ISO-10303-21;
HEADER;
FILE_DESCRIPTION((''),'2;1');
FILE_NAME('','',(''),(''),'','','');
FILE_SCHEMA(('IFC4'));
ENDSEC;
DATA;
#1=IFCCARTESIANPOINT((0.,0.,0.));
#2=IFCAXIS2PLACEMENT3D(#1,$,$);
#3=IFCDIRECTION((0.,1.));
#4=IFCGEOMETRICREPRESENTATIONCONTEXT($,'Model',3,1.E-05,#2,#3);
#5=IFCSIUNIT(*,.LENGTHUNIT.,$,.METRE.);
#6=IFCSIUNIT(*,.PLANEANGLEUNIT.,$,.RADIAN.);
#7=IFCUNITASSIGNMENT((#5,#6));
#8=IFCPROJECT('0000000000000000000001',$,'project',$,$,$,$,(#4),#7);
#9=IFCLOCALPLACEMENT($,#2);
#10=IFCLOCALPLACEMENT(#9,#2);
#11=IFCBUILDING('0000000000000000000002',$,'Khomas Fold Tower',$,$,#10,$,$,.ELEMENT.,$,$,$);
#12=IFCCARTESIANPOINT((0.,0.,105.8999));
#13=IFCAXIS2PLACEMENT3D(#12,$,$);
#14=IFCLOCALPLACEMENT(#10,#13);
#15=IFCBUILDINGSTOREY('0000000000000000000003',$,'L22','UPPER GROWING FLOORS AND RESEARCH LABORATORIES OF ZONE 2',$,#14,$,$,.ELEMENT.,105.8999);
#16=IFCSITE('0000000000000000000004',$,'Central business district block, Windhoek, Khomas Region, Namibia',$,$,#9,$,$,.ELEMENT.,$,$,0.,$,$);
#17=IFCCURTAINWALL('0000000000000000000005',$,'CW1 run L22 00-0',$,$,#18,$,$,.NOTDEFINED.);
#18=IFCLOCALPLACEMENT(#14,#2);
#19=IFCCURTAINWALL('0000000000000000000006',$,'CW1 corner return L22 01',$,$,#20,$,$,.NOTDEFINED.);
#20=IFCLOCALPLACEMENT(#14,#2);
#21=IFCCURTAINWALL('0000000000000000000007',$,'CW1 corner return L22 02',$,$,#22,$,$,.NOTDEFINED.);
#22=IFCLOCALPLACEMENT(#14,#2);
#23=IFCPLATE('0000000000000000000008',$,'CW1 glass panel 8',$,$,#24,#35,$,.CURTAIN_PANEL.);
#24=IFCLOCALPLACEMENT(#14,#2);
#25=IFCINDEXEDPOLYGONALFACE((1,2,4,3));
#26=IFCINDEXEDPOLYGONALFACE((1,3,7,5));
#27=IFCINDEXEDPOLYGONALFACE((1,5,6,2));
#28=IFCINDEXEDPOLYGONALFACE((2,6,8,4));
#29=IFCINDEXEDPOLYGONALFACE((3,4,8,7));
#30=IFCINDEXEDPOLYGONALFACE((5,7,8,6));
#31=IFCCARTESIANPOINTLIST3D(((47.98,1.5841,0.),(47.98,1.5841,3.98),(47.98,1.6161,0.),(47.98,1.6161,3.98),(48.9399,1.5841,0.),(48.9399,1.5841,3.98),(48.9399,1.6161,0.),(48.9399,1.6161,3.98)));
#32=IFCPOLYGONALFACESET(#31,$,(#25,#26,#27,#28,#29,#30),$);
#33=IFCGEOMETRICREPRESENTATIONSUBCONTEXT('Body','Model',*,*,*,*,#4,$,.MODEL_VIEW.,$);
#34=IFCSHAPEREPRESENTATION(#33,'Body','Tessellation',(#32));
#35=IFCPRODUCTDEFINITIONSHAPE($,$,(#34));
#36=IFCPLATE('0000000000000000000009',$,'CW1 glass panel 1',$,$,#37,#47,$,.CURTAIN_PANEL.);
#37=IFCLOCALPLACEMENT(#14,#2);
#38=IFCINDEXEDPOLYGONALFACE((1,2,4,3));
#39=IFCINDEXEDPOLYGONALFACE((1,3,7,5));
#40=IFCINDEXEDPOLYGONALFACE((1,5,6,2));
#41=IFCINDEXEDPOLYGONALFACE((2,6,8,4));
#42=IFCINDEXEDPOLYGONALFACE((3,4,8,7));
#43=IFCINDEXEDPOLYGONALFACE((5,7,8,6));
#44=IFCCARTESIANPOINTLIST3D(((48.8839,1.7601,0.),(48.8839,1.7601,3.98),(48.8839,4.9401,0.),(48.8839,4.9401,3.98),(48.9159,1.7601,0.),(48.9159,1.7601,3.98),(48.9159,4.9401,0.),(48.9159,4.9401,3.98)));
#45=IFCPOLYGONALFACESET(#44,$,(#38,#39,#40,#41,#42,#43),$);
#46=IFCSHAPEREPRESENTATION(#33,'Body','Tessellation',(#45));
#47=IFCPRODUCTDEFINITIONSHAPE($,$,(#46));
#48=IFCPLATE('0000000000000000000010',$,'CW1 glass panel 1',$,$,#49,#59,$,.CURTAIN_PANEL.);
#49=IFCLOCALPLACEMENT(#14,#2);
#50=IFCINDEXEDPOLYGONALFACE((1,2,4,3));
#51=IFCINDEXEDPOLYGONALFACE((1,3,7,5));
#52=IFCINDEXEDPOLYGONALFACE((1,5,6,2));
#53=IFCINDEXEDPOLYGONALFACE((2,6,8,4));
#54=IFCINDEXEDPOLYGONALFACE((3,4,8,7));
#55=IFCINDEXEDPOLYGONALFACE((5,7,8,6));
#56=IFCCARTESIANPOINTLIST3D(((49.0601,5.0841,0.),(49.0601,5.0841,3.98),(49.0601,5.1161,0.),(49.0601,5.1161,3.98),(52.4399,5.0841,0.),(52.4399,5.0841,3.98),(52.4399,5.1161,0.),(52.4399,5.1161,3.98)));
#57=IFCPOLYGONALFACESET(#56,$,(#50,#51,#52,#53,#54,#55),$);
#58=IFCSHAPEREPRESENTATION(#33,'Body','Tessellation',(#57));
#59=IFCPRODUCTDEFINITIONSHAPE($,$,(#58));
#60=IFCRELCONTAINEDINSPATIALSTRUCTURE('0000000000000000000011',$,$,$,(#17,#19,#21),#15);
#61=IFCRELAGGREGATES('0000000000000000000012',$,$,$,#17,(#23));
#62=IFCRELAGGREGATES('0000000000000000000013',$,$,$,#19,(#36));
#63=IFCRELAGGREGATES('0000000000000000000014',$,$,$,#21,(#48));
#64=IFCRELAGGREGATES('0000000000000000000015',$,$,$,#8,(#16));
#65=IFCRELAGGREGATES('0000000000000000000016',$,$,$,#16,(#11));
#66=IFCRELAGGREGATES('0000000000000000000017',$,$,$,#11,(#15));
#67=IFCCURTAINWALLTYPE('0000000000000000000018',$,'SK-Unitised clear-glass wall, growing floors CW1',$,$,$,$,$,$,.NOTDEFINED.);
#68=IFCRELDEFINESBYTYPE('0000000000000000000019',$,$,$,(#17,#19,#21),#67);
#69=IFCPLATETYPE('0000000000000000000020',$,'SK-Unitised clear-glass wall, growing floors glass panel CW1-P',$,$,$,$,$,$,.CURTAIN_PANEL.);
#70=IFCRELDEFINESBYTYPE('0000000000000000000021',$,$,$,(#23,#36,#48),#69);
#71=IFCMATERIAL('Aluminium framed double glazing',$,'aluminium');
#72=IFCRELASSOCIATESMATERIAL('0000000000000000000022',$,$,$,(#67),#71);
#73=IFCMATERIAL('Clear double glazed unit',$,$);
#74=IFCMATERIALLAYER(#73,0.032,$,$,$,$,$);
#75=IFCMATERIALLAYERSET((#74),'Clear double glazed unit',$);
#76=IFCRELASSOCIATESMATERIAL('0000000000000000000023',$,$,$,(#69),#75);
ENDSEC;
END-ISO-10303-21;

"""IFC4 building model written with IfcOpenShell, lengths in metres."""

from ifc_helpers import new_model, si_unit, direction, frame, origin, origin_2d, place, context, subcontext, project, spatial, rectangle, extrude, source, transform, mapped, material, layer, layer_set, type_object, element, aggregate, save


model = new_model("IFC4")

# Units and contexts
model_context = context("Model", 3, precision=1e-05, world=origin(), true_north=direction((0.0, 1.0)))
body_context = subcontext(model_context, "Body", "Model", "MODEL_VIEW")
ifc_project = project(units=[si_unit("LENGTHUNIT", "METRE"), si_unit("PLANEANGLEUNIT", "RADIAN")], contexts=[model_context])

# Site, building, storey
site_placement = place(None, origin())
site = spatial("IfcSite", under=ifc_project, at=site_placement, Name="Central business district block, Windhoek, Khomas Region, Namibia", CompositionType="ELEMENT", RefElevation=0.0)
building_placement = place(site_placement, origin())
building = spatial("IfcBuilding", under=site, at=building_placement, Name="Khomas Fold Tower", CompositionType="ELEMENT")
storey_placement = place(building_placement, frame((0.0, 0.0, 105.8999)))
storey = spatial("IfcBuildingStorey", under=building, at=storey_placement, Name="L22", Description="UPPER GROWING FLOORS AND RESEARCH LABORATORIES OF ZONE 2", CompositionType="ELEMENT", Elevation=105.8999)

# Curtain walls
ifc_material_1 = material(Name="Aluminium framed double glazing", Category="aluminium")
curtain_wall_type = type_object("IfcCurtainWallType", Name="SK-Unitised clear-glass wall, growing floors CW1", PredefinedType="NOTDEFINED", material=ifc_material_1)
curtain_wall_1_placement = place(storey_placement, origin())
curtain_wall_1 = element("IfcCurtainWall", 1, at=curtain_wall_1_placement, inside=storey, type_object=curtain_wall_type, Name="CW1 run L22 00-0", PredefinedType="NOTDEFINED")
curtain_wall_2_placement = place(storey_placement, origin())
curtain_wall_2 = element("IfcCurtainWall", 2, at=curtain_wall_2_placement, inside=storey, type_object=curtain_wall_type, Name="CW1 corner return L22 01", PredefinedType="NOTDEFINED")
curtain_wall_3_placement = place(storey_placement, origin())
curtain_wall_3 = element("IfcCurtainWall", 3, at=curtain_wall_3_placement, inside=storey, type_object=curtain_wall_type, Name="CW1 corner return L22 02", PredefinedType="NOTDEFINED")

# Plates
ifc_material_2 = material(Name="Clear double glazed unit")
ifc_layer = layer(ifc_material_2, 0.032)
ifc_layer_set = layer_set([ifc_layer], Name="Clear double glazed unit")
plate_type = type_object("IfcPlateType", Name="SK-Unitised clear-glass wall, growing floors glass panel CW1-P", PredefinedType="CURTAIN_PANEL", material=ifc_layer_set)
shared_shape_1 = source(origin(), body_context, "Body", "SweptSolid", [
    extrude(rectangle(XDim=0.96, YDim=0.032, at=origin_2d()), origin(), (0.0, 0.0, 1.0), 3.98),
])
plate_1_placement = place(storey_placement, frame((48.46, 1.6001, 0.0), z_axis=(0.0, 0.0, 1.0), x_axis=(1.0, 0.0, 0.0)))
plate_1 = element("IfcPlate", 4, at=plate_1_placement, type_object=plate_type, Name="CW1 glass panel 8", PredefinedType="CURTAIN_PANEL", context=body_context, shape_type="MappedRepresentation", body=[
    mapped(shared_shape_1, transform((0.0, 0.0, 0.0))),
])
aggregate(curtain_wall_1, [plate_1])
shared_shape_2 = source(origin(), body_context, "Body", "SweptSolid", [
    extrude(rectangle(XDim=3.1799, YDim=0.032, at=origin_2d()), origin(), (0.0, 0.0, 1.0), 3.98),
])
plate_2_placement = place(storey_placement, frame((48.8999, 3.3501, 0.0), z_axis=(0.0, 0.0, 1.0), x_axis=(0.0, 1.0, 0.0)))
plate_2 = element("IfcPlate", 5, at=plate_2_placement, type_object=plate_type, Name="CW1 glass panel 1", PredefinedType="CURTAIN_PANEL", context=body_context, shape_type="MappedRepresentation", body=[
    mapped(shared_shape_2, transform((0.0, 0.0, 0.0))),
])
aggregate(curtain_wall_2, [plate_2])
shared_shape_3 = source(origin(), body_context, "Body", "SweptSolid", [
    extrude(rectangle(XDim=3.3799, YDim=0.032, at=origin_2d()), origin(), (0.0, 0.0, 1.0), 3.98),
])
plate_3_placement = place(storey_placement, frame((50.75, 5.1001, 0.0), z_axis=(0.0, 0.0, 1.0), x_axis=(1.0, 0.0, 0.0)))
plate_3 = element("IfcPlate", 6, at=plate_3_placement, type_object=plate_type, Name="CW1 glass panel 1", PredefinedType="CURTAIN_PANEL", context=body_context, shape_type="MappedRepresentation", body=[
    mapped(shared_shape_3, transform((0.0, 0.0, 0.0))),
])
aggregate(curtain_wall_3, [plate_3])

save(model, "model.ifc")
